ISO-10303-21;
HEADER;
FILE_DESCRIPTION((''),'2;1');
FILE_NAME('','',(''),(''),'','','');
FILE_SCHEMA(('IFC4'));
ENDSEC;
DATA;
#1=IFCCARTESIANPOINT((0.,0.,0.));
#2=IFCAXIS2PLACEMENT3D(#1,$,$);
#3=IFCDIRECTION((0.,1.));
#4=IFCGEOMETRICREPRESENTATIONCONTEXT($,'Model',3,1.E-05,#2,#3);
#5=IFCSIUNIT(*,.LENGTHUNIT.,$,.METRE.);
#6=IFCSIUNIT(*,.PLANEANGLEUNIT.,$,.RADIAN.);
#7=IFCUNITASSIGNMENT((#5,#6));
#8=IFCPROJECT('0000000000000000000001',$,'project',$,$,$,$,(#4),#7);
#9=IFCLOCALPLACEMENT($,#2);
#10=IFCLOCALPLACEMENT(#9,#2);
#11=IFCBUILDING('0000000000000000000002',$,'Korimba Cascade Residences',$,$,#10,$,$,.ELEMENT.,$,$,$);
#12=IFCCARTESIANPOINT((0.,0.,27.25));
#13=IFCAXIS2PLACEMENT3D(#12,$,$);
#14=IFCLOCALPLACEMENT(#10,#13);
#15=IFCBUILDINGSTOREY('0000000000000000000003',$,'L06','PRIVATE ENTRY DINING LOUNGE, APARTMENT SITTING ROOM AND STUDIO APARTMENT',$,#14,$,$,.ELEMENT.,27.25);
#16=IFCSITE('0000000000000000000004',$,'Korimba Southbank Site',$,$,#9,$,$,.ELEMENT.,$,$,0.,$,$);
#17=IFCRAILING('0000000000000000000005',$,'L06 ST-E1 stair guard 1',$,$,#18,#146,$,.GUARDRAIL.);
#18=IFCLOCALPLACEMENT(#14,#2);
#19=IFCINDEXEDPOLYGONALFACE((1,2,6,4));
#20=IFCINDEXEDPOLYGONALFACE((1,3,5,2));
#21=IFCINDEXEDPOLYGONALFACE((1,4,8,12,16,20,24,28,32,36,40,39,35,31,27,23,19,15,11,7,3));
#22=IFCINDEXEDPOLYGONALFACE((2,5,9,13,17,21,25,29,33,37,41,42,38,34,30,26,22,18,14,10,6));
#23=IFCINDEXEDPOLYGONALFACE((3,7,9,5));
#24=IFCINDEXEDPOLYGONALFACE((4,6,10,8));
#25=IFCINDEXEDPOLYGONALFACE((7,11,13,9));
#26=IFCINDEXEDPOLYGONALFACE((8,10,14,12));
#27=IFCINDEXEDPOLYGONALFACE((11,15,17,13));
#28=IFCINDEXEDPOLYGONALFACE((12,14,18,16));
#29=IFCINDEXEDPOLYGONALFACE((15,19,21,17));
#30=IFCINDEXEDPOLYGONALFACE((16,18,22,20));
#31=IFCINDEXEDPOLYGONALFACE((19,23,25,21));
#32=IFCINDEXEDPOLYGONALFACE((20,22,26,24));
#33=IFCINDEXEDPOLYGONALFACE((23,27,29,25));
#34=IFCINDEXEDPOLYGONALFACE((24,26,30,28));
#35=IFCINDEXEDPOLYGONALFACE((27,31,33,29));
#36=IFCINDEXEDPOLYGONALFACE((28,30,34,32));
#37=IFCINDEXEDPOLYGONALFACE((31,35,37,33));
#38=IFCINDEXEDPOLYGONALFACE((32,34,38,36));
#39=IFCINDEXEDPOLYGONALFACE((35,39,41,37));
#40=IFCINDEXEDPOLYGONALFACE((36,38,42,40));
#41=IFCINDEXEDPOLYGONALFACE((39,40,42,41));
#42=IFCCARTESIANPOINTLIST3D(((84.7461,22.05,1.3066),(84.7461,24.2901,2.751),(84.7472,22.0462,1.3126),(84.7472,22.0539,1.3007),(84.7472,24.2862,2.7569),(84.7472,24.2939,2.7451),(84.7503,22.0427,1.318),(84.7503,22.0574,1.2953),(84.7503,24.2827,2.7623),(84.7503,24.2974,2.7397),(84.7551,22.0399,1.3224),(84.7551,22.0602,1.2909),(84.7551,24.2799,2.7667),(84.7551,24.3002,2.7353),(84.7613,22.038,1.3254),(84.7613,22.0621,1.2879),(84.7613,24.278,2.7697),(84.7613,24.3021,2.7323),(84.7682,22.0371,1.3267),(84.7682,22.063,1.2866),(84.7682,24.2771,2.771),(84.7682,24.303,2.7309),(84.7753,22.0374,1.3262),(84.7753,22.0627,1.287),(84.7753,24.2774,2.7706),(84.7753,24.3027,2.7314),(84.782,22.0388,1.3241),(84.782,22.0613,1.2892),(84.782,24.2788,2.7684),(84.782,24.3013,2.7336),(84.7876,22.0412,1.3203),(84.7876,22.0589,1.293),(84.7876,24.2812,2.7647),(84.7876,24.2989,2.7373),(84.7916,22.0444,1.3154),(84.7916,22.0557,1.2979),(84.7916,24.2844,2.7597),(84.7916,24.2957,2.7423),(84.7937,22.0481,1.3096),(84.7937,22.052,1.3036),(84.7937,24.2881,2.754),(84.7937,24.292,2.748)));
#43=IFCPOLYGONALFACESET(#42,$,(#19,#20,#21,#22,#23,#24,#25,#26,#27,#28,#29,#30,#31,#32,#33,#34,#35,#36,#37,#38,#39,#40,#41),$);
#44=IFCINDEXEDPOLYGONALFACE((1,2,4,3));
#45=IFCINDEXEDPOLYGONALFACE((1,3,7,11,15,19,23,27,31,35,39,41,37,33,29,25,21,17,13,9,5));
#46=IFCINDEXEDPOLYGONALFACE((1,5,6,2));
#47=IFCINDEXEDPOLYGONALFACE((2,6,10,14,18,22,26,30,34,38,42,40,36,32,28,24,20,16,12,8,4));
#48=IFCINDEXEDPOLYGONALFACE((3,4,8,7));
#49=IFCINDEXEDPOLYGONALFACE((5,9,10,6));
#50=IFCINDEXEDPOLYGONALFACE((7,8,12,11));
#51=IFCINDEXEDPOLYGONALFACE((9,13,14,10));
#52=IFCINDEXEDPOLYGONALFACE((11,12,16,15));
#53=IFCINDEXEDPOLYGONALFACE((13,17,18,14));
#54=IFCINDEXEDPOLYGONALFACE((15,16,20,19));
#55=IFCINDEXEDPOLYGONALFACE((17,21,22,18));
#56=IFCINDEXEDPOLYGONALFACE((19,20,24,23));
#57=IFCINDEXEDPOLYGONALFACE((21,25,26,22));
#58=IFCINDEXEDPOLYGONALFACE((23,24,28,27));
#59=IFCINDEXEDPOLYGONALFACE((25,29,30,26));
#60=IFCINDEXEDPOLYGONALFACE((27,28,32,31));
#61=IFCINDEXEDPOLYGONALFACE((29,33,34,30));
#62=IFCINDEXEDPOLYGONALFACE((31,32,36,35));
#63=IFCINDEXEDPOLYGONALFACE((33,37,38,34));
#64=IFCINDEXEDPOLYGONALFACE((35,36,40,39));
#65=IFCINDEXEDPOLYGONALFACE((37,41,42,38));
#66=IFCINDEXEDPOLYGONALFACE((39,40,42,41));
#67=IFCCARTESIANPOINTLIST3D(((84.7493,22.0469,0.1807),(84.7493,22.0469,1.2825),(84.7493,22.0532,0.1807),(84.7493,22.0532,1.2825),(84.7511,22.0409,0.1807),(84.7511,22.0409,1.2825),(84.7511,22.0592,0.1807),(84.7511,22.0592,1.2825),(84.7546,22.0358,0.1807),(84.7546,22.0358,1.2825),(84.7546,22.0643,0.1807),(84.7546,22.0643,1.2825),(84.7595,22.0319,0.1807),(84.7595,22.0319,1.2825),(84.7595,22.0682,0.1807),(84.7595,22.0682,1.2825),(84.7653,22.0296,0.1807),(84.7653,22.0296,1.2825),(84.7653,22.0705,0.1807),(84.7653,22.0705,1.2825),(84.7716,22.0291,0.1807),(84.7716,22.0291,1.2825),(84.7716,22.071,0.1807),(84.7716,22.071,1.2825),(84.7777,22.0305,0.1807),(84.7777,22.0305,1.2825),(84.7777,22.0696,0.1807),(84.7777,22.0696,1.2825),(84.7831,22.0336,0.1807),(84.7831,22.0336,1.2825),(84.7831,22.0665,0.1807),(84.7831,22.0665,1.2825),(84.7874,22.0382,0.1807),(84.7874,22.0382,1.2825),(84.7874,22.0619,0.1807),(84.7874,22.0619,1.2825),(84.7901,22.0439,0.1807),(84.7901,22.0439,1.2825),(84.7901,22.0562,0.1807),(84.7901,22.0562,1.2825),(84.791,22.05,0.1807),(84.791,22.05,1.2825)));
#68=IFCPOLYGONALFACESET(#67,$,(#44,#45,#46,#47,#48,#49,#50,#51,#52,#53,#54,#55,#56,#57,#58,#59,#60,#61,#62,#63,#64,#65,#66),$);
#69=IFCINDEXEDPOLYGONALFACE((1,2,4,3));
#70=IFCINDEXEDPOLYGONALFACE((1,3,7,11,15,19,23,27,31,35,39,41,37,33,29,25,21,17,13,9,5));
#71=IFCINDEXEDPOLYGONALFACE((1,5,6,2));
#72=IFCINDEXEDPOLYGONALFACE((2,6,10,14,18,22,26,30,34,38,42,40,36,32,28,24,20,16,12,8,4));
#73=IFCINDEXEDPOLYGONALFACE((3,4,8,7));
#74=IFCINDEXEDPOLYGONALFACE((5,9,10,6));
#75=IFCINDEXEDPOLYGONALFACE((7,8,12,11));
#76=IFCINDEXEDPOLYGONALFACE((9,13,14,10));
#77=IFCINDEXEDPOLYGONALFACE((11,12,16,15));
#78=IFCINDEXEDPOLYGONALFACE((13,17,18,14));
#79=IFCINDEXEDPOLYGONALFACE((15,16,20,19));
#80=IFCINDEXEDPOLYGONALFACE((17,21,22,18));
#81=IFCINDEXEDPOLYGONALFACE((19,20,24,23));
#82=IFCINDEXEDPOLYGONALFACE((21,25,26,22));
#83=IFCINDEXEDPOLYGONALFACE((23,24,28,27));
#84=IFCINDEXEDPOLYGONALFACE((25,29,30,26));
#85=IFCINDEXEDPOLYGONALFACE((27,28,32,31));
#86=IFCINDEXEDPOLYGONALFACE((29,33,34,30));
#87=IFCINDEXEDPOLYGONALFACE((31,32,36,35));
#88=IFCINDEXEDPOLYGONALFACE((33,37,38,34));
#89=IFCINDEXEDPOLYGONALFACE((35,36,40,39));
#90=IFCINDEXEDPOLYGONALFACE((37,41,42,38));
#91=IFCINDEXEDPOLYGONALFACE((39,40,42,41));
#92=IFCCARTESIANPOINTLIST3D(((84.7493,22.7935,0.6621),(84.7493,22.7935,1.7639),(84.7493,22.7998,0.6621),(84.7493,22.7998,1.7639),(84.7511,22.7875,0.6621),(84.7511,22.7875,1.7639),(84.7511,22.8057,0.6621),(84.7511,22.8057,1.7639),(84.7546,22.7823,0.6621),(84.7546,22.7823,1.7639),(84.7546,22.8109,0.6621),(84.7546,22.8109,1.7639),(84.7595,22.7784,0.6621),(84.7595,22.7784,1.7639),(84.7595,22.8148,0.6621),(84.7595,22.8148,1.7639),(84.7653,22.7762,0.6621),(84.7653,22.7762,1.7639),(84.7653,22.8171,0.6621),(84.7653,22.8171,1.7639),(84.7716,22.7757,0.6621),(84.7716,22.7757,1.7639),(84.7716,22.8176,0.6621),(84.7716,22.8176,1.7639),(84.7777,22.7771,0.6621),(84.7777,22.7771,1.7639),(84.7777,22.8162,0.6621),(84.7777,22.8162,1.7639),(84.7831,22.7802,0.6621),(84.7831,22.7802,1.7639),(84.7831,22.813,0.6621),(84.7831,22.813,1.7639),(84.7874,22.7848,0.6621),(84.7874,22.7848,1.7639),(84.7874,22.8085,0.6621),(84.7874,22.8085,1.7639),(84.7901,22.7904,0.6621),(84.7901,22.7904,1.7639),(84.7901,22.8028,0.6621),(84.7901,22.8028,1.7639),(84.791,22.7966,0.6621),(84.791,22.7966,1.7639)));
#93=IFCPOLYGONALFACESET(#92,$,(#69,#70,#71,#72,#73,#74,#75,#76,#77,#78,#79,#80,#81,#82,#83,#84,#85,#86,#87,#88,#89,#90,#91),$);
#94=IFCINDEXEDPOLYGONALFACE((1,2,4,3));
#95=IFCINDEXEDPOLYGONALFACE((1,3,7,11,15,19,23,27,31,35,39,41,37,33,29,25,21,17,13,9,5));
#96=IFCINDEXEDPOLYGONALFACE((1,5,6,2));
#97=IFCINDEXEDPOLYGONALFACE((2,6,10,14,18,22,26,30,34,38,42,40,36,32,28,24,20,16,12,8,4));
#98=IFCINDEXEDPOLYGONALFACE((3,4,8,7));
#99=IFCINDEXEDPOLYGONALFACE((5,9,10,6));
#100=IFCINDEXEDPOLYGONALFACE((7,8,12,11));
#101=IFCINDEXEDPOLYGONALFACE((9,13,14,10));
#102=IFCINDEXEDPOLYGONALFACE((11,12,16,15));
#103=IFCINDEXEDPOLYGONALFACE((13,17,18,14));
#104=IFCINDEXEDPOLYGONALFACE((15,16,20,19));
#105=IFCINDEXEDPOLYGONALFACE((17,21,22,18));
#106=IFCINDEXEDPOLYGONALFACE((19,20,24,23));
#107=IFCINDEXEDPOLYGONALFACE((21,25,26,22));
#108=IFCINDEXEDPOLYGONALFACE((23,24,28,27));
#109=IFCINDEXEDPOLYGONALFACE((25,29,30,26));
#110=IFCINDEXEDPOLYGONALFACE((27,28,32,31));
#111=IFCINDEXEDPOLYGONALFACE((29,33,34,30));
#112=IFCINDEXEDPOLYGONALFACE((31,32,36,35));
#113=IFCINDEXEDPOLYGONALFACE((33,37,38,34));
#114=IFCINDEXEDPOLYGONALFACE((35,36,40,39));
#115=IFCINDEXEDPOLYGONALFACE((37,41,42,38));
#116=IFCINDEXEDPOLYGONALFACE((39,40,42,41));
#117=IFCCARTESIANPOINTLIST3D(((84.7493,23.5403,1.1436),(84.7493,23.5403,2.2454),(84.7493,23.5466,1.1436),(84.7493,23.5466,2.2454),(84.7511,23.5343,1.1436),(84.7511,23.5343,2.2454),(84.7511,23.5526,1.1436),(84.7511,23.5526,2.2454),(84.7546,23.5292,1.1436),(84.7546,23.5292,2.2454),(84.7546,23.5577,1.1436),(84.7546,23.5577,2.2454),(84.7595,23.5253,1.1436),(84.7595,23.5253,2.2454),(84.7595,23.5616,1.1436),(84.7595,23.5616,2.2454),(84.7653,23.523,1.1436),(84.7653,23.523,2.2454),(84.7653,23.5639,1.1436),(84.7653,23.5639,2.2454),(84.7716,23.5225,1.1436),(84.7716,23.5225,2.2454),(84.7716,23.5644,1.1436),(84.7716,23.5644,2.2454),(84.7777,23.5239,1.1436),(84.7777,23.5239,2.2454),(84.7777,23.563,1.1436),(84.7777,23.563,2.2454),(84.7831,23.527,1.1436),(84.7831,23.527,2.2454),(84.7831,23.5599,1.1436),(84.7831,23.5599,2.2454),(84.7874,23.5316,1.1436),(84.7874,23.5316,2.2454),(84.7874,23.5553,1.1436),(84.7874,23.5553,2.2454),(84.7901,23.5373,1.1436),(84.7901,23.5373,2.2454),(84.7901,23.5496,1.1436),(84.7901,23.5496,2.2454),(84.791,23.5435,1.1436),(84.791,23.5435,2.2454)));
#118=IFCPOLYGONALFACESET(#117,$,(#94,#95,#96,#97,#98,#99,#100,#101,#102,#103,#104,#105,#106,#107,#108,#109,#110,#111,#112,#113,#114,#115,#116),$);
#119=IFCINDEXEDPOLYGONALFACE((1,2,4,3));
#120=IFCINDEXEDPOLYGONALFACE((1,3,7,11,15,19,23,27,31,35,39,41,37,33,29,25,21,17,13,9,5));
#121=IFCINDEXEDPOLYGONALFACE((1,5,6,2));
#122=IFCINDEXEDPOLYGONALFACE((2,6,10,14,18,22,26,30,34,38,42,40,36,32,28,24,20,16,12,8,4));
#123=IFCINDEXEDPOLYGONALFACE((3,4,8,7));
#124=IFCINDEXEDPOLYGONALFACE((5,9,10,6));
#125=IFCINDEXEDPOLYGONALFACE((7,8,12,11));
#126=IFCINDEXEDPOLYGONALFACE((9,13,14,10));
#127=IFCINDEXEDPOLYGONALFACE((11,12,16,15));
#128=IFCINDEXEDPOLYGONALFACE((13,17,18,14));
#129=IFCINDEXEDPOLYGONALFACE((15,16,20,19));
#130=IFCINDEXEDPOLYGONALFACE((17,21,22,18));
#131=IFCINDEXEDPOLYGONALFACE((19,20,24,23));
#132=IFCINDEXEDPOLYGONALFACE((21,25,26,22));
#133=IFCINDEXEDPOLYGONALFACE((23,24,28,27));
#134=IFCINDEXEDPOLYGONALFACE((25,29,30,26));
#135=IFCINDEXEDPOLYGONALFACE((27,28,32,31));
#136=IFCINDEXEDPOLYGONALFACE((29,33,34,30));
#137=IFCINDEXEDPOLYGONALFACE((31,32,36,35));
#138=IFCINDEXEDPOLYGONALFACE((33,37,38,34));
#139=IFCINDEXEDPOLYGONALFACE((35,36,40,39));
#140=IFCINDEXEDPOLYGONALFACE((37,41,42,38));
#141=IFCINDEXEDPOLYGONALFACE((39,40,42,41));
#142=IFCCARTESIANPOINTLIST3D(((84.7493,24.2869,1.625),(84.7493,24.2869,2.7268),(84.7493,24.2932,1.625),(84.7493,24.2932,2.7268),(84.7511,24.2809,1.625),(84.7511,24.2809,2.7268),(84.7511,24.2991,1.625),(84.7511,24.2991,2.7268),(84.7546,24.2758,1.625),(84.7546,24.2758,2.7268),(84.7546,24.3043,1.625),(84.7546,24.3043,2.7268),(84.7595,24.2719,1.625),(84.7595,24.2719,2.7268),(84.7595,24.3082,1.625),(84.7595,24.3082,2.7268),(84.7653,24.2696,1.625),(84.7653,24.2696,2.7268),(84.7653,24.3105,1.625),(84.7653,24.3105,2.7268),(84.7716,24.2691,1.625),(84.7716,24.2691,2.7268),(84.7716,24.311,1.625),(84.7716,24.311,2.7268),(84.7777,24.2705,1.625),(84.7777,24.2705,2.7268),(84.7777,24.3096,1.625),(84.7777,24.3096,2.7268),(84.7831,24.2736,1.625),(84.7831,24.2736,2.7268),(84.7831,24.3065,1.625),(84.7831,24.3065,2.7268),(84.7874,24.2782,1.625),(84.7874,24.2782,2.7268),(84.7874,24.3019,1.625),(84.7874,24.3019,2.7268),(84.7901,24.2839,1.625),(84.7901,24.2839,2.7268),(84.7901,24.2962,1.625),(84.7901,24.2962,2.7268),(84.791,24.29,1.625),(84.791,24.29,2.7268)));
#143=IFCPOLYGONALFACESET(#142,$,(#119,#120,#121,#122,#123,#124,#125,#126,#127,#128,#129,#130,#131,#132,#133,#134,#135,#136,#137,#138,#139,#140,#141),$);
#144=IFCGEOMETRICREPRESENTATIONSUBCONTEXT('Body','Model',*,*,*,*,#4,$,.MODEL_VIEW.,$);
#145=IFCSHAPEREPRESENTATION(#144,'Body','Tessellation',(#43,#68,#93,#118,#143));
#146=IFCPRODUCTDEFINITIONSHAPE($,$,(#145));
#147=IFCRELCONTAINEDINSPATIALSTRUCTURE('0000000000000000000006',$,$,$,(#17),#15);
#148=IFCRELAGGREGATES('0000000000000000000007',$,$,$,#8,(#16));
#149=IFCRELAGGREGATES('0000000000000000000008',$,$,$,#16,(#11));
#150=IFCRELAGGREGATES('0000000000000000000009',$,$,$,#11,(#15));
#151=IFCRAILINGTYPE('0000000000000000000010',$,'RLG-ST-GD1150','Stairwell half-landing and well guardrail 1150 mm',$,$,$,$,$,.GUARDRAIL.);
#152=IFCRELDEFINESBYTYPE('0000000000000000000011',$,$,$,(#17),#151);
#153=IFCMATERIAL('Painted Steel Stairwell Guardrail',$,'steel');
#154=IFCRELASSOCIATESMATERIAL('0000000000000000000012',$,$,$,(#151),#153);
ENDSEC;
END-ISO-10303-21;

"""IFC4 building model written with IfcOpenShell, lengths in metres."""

from ifc_helpers import new_model, si_unit, direction, frame, origin, origin_2d, place, context, subcontext, project, spatial, circle, extrude, material, type_object, element, save


model = new_model("IFC4")

# Units and contexts
model_context = context("Model", 3, precision=1e-05, world=origin(), true_north=direction((0.0, 1.0)))
body_context = subcontext(model_context, "Body", "Model", "MODEL_VIEW")
ifc_project = project(units=[si_unit("LENGTHUNIT", "METRE"), si_unit("PLANEANGLEUNIT", "RADIAN")], contexts=[model_context])

# Site, building, storey
site_placement = place(None, origin())
site = spatial("IfcSite", under=ifc_project, at=site_placement, Name="Korimba Southbank Site", CompositionType="ELEMENT", RefElevation=0.0)
building_placement = place(site_placement, origin())
building = spatial("IfcBuilding", under=site, at=building_placement, Name="Korimba Cascade Residences", CompositionType="ELEMENT")
storey_placement = place(building_placement, frame((0.0, 0.0, 27.25)))
storey = spatial("IfcBuildingStorey", under=building, at=storey_placement, Name="L06", Description="PRIVATE ENTRY DINING LOUNGE, APARTMENT SITTING ROOM AND STUDIO APARTMENT", CompositionType="ELEMENT", Elevation=27.25)

# Railing
ifc_material_1 = material(Name="Painted Steel Stairwell Guardrail", Category="steel")
railing_type_1 = type_object("IfcRailingType", Name="RLG-ST-GD1150", Description="Stairwell half-landing and well guardrail 1150 mm", PredefinedType="GUARDRAIL", material=ifc_material_1)
railing_1_placement = place(storey_placement, frame((84.77, 22.05, 0.1807)))
element("IfcRailing", 1, at=railing_1_placement, inside=storey, type_object=railing_type_1, Name="L06 ST-E1 stair guard 1", PredefinedType="GUARDRAIL", context=body_context, shape_type="SweptSolid", body=[
    extrude(circle(Radius=0.0239, at=origin_2d()), frame((0.0, 0.0, 1.126), z_axis=(0.0, 0.840437, 0.54191), x_axis=(-1.0, 0.0, 0.0)), (0.0, 0.0, 1.0), 2.6653),
    extrude(circle(Radius=0.021, at=origin_2d()), origin(), (0.0, 0.0, 1.0), 1.1018),
    extrude(circle(Radius=0.021, at=origin_2d()), frame((0.0, 0.7466, 0.4814)), (0.0, 0.0, 1.0), 1.1018),
    extrude(circle(Radius=0.021, at=origin_2d()), frame((0.0, 1.4934, 0.9629)), (0.0, 0.0, 1.0), 1.1018),
    extrude(circle(Radius=0.021, at=origin_2d()), frame((0.0, 2.24, 1.4443)), (0.0, 0.0, 1.0), 1.1018),
])

save(model, "model.ifc")
